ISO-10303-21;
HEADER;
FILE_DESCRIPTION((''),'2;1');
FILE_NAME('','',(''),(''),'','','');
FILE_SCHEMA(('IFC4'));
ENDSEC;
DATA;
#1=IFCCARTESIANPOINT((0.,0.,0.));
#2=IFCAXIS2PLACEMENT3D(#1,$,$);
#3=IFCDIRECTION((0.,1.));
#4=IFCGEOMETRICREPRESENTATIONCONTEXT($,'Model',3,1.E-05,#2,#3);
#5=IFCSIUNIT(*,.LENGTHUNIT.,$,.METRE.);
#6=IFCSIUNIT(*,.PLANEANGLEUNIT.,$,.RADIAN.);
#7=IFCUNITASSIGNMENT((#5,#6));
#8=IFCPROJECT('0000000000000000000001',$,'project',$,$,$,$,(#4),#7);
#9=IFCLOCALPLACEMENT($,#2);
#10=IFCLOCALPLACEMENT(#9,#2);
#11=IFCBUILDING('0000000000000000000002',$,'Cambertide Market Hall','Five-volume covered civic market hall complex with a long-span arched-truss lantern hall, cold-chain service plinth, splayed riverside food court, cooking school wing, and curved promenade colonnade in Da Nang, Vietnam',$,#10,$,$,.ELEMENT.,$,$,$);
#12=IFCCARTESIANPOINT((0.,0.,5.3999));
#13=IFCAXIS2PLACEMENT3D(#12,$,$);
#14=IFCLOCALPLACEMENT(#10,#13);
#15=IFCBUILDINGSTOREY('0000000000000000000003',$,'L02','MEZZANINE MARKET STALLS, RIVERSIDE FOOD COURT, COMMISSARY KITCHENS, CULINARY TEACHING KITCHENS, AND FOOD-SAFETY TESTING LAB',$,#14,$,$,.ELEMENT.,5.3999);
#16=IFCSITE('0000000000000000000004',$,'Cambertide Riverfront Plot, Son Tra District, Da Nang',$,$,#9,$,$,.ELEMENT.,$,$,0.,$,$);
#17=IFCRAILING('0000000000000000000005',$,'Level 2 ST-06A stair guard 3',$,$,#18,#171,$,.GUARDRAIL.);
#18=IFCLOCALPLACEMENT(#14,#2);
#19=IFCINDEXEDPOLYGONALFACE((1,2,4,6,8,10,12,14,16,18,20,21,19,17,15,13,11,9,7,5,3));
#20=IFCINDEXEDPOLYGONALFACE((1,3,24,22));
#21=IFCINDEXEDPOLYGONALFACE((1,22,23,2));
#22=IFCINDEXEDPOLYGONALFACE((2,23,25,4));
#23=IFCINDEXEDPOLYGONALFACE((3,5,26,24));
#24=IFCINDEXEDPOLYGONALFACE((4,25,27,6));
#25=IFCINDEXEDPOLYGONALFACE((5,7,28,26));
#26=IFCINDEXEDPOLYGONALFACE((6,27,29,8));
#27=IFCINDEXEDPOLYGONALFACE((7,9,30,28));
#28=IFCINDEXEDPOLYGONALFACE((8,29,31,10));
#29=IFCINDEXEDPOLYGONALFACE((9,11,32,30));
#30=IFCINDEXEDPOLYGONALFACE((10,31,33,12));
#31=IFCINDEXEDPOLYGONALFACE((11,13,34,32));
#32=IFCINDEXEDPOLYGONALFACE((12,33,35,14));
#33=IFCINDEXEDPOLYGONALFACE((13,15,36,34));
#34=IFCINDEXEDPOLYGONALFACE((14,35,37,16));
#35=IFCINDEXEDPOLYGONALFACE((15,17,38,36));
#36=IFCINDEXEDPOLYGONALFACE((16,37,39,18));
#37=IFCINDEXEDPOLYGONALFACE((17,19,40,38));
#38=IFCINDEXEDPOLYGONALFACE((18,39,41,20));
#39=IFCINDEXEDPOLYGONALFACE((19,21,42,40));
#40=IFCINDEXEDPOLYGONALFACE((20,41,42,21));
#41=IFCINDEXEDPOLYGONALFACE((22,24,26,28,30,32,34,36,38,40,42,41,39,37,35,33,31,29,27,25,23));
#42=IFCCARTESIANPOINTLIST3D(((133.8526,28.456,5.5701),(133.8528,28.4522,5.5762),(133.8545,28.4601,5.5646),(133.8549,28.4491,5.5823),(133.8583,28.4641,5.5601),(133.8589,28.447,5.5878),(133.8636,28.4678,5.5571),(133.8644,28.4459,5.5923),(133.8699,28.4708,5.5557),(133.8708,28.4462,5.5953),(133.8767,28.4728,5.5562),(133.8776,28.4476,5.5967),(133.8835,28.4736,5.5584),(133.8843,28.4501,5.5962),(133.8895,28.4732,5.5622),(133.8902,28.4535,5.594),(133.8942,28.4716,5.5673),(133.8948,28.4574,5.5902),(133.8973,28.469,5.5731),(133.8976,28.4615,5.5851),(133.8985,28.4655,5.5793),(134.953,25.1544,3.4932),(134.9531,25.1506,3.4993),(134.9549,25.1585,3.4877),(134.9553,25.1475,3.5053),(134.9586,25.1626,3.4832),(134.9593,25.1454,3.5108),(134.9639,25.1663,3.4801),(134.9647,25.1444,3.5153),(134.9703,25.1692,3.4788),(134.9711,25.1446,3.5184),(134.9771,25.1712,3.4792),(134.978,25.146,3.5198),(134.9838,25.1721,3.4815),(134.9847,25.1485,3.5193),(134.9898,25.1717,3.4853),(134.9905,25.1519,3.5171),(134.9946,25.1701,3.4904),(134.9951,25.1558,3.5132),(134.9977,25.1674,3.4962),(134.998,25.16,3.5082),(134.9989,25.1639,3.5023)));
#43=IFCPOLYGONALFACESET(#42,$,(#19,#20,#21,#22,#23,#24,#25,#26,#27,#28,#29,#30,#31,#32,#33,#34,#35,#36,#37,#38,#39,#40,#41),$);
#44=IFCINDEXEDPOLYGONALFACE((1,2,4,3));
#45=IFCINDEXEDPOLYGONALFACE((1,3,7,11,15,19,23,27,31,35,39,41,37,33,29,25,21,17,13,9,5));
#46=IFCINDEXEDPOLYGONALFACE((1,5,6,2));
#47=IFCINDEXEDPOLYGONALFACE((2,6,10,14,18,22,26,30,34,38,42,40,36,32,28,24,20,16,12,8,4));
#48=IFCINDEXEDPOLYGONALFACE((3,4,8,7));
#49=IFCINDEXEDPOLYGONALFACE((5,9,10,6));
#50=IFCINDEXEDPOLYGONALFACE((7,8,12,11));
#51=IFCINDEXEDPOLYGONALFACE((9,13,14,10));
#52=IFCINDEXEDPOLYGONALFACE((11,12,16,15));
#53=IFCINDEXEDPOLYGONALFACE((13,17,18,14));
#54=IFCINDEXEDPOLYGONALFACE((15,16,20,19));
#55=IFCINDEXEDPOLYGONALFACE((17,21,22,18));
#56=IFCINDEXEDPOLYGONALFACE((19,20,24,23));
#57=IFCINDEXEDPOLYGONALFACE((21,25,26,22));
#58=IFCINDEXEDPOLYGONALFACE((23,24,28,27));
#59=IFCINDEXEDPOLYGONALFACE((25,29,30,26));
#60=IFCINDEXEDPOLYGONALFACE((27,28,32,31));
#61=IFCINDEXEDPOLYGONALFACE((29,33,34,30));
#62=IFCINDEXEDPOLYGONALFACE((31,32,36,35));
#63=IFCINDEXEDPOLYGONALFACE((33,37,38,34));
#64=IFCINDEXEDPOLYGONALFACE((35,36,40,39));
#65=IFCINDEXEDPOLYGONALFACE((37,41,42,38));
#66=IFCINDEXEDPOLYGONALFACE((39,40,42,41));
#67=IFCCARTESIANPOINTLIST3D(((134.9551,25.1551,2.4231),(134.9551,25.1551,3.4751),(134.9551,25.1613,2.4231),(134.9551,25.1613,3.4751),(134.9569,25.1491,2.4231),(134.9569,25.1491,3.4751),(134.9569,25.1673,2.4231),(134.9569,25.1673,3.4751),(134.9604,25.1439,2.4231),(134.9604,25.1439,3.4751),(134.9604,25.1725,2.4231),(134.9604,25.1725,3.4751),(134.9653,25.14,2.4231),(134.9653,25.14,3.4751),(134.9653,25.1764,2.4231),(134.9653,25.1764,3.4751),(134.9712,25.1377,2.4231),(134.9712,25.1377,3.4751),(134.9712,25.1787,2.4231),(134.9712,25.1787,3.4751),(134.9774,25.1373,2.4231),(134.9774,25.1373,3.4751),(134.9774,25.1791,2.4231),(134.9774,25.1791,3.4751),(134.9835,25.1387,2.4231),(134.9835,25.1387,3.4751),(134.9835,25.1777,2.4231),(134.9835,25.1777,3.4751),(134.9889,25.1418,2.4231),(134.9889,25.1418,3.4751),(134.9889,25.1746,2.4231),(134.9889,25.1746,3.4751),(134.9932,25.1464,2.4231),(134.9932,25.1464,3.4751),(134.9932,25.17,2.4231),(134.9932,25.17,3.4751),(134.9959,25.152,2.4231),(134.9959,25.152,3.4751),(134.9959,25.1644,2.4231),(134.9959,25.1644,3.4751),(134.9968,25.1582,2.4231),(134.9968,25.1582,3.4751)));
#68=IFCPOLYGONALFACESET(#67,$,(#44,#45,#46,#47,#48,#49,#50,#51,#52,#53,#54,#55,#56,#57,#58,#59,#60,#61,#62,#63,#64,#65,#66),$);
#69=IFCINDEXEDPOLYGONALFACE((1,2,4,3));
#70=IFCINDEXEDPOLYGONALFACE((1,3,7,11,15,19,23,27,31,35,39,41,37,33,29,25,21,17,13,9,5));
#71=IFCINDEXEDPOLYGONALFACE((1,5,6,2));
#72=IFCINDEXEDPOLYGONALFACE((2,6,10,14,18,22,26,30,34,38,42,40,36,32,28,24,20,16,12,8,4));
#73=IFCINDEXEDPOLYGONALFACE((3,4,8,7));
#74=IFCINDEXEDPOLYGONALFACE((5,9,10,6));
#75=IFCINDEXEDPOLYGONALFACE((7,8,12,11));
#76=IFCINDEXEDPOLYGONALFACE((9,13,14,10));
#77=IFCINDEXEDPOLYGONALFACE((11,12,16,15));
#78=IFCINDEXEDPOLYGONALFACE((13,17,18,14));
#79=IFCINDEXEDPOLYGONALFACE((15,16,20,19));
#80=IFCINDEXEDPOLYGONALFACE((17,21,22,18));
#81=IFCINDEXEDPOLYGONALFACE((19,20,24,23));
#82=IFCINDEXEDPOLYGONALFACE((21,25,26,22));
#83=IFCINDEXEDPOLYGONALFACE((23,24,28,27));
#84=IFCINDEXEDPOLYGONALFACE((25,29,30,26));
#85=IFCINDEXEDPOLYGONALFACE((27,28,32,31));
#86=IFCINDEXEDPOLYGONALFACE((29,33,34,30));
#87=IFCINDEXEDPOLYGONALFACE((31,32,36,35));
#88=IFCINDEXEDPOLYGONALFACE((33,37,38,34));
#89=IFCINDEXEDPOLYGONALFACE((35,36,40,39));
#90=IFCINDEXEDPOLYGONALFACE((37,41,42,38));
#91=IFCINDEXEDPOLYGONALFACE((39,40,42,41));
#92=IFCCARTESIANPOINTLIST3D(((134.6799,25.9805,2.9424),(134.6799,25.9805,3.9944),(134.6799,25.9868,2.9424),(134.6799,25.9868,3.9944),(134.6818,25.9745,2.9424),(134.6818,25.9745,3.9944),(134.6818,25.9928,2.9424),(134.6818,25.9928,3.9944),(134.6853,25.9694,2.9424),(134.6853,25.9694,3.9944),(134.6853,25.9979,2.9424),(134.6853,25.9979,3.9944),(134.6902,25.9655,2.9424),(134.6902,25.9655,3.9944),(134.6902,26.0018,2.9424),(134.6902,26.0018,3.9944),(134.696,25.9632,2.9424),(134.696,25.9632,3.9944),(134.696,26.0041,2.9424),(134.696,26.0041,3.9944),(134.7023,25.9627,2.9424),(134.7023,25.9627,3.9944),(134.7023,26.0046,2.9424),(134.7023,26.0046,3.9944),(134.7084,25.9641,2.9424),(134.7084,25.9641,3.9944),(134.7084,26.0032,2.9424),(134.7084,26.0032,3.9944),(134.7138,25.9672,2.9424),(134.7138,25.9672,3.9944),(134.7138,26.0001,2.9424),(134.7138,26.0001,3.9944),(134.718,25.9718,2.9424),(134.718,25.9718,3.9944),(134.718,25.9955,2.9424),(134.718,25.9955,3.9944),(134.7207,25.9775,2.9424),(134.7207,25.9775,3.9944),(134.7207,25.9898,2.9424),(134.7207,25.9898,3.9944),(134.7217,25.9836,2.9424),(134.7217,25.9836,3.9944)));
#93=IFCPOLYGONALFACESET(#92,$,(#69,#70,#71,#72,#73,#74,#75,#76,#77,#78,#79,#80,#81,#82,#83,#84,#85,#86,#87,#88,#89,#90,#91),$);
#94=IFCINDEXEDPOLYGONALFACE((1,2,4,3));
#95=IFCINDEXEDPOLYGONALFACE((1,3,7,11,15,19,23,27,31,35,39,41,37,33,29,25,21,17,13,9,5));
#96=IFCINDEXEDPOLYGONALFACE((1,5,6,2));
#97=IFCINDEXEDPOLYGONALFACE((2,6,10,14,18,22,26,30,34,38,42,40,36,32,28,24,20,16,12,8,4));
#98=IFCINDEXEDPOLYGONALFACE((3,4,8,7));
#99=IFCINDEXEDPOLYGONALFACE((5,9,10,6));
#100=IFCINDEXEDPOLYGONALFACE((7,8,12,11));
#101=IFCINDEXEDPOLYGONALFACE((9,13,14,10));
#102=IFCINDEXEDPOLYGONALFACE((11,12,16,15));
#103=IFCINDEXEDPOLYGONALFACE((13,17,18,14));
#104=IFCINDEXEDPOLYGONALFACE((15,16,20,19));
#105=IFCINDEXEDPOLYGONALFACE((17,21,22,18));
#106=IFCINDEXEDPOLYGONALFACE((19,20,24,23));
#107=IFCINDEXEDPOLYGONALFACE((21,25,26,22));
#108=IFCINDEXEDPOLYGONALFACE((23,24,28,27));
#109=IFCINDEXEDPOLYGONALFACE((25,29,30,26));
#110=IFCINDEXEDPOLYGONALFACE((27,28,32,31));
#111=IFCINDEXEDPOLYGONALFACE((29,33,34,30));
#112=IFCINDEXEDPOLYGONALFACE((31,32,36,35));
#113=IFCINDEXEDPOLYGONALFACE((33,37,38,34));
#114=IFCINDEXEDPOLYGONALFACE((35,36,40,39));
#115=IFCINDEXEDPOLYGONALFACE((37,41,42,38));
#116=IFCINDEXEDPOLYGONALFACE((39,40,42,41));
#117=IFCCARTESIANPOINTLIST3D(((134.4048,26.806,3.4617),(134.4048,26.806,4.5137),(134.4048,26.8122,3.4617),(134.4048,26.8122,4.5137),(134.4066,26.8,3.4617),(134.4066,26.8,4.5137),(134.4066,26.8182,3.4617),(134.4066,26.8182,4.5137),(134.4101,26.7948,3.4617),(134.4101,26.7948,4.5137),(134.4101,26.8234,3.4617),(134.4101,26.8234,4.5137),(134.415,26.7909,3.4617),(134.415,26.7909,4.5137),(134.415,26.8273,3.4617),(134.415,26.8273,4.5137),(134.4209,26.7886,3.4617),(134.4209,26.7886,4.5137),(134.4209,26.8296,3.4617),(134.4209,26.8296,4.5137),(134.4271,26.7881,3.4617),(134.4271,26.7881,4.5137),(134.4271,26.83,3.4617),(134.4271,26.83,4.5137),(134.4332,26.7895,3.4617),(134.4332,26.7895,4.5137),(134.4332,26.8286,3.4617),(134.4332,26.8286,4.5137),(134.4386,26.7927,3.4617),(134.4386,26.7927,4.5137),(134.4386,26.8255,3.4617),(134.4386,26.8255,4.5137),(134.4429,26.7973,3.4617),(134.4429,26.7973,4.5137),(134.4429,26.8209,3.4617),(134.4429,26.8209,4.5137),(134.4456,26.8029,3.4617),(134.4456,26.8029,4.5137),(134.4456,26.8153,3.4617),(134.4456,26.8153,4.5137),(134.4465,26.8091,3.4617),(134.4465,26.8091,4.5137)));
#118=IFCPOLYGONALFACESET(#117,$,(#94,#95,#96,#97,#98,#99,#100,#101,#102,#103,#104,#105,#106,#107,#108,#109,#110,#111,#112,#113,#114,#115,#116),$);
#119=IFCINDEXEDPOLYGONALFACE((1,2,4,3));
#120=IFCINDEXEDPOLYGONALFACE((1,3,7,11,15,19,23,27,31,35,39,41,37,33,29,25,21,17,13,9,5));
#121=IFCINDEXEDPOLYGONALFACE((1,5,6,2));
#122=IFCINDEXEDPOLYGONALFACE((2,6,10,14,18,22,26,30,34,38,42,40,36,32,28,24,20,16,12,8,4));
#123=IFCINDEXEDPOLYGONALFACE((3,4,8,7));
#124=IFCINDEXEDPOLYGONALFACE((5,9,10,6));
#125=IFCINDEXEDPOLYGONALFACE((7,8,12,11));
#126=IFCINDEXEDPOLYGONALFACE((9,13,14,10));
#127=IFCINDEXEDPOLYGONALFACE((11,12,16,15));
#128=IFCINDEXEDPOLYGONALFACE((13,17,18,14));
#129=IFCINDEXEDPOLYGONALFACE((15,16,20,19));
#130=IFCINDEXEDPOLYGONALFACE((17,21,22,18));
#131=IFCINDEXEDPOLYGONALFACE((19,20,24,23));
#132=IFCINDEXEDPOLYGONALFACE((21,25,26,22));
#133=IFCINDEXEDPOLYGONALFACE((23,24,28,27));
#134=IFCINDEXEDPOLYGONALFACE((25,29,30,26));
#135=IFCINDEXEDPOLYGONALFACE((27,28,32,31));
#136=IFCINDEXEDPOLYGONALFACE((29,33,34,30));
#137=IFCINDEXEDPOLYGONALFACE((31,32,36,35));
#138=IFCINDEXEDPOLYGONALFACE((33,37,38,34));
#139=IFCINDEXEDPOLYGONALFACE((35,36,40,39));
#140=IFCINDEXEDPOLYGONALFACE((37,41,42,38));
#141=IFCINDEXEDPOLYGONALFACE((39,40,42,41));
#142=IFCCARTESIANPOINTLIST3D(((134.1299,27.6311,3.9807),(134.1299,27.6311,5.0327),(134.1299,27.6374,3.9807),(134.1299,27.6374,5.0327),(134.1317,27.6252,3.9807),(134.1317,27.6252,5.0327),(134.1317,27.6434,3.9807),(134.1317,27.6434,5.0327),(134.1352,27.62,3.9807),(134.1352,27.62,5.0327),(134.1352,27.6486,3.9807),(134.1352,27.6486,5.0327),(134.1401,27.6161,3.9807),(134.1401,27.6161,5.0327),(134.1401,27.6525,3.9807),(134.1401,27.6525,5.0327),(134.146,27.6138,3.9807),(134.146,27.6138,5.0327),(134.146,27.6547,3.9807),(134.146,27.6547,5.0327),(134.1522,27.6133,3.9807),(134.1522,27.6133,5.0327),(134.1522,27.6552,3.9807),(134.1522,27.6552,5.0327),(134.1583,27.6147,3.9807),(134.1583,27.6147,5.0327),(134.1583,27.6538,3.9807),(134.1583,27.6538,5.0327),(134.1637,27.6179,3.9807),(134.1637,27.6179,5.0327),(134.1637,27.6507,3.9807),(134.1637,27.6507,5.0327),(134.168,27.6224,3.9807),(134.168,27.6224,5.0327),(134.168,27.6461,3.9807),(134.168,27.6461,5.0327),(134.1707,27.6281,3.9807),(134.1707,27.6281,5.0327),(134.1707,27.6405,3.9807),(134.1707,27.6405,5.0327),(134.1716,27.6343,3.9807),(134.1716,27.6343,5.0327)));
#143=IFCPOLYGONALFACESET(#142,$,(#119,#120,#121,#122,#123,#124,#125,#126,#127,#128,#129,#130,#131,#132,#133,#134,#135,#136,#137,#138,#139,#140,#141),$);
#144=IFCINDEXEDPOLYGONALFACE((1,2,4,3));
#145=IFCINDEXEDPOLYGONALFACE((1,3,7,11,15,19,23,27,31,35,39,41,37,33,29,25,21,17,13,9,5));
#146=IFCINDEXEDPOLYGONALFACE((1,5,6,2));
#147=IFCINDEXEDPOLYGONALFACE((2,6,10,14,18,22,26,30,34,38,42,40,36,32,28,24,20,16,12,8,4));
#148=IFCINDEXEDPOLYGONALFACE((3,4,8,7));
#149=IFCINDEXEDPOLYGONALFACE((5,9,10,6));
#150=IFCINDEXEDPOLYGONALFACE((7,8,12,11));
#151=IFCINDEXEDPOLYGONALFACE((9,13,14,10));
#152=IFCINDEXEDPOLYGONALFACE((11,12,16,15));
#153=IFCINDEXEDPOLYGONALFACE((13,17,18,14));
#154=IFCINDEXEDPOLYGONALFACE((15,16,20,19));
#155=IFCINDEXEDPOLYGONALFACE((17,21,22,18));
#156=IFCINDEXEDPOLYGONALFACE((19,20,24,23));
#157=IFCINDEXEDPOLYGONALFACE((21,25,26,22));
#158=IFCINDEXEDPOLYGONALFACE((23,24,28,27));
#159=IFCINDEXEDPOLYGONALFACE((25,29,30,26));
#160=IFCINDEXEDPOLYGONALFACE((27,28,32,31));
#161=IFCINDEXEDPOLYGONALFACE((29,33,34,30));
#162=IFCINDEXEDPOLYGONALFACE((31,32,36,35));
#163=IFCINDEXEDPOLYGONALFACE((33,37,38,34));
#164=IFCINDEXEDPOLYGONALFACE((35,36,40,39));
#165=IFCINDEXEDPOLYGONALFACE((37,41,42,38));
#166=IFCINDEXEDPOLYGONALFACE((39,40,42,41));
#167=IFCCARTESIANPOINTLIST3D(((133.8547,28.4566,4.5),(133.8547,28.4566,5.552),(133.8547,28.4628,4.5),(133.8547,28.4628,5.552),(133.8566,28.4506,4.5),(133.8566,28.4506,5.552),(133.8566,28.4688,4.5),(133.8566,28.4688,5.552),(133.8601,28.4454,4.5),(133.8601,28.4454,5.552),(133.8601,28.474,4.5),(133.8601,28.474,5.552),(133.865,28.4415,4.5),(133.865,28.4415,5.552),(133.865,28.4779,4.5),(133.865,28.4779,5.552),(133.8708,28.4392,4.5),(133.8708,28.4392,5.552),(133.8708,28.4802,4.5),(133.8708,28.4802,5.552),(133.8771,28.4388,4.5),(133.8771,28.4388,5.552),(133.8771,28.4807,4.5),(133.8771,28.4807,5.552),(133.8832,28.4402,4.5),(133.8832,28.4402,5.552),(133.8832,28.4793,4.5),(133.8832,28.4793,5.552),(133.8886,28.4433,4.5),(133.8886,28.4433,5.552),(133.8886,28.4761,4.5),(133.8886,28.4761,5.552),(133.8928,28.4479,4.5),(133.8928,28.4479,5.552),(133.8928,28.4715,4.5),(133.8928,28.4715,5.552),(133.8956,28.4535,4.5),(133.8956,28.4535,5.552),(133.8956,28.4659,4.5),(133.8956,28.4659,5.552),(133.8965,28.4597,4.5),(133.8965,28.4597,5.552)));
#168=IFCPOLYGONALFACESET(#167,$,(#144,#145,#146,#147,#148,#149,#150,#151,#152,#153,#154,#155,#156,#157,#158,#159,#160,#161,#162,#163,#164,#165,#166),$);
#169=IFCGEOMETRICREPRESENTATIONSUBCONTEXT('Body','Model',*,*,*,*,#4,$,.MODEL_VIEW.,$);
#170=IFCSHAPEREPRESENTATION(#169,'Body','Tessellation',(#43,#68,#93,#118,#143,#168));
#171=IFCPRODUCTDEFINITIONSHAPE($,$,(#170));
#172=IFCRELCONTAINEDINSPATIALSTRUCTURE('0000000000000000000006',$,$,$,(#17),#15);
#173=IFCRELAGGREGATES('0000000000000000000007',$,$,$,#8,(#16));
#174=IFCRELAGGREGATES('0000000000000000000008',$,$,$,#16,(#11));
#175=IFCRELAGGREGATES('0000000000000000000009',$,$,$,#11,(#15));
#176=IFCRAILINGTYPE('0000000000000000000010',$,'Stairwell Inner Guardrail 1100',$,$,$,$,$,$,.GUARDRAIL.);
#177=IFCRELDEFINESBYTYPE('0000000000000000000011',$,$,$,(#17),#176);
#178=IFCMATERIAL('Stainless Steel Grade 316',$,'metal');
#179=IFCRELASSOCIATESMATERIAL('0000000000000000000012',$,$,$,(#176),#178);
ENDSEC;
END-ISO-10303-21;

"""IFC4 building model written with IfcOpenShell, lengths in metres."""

from ifc_helpers import new_model, si_unit, direction, frame, origin, origin_2d, place, context, subcontext, project, spatial, circle, extrude, material, type_object, element, save


model = new_model("IFC4")

# Units and contexts
model_context = context("Model", 3, precision=1e-05, world=origin(), true_north=direction((0.0, 1.0)))
body_context = subcontext(model_context, "Body", "Model", "MODEL_VIEW")
ifc_project = project(units=[si_unit("LENGTHUNIT", "METRE"), si_unit("PLANEANGLEUNIT", "RADIAN")], contexts=[model_context])

# Site, building, storey
site_placement = place(None, origin())
site = spatial("IfcSite", under=ifc_project, at=site_placement, Name="Cambertide Riverfront Plot, Son Tra District, Da Nang", CompositionType="ELEMENT", RefElevation=0.0)
building_placement = place(site_placement, origin())
building = spatial("IfcBuilding", under=site, at=building_placement, Name="Cambertide Market Hall", Description="Five-volume covered civic market hall complex with a long-span arched-truss lantern hall, cold-chain service plinth, splayed riverside food court, cooking school wing, and curved promenade colonnade in Da Nang, Vietnam", CompositionType="ELEMENT")
storey_placement = place(building_placement, frame((0.0, 0.0, 5.3999)))
storey = spatial("IfcBuildingStorey", under=building, at=storey_placement, Name="L02", Description="MEZZANINE MARKET STALLS, RIVERSIDE FOOD COURT, COMMISSARY KITCHENS, CULINARY TEACHING KITCHENS, AND FOOD-SAFETY TESTING LAB", CompositionType="ELEMENT", Elevation=5.3999)

# Railing
ifc_material_1 = material(Name="Stainless Steel Grade 316", Category="metal")
railing_type_1 = type_object("IfcRailingType", Name="Stairwell Inner Guardrail 1100", PredefinedType="GUARDRAIL", material=ifc_material_1)
railing_1_placement = place(storey_placement, frame((134.9758, 25.1582, 2.4231)))
element("IfcRailing", 1, at=railing_1_placement, inside=storey, type_object=railing_type_1, Name="Level 2 ST-06A stair guard 3", PredefinedType="GUARDRAIL", context=body_context, shape_type="SweptSolid", body=[
    extrude(circle(Radius=0.0239, at=origin_2d()), frame((0.0, 0.0, 1.0762), z_axis=(-0.271509, 0.814648, 0.512476), x_axis=(-0.948697, -0.316186, 0.0)), (0.0, 0.0, 1.0), 4.0527),
    extrude(circle(Radius=0.021, at=origin_2d()), origin(), (0.0, 0.0, 1.0), 1.052),
    extrude(circle(Radius=0.021, at=origin_2d()), frame((-0.2751, 0.8254, 0.5193)), (0.0, 0.0, 1.0), 1.052),
    extrude(circle(Radius=0.021, at=origin_2d()), frame((-0.5503, 1.6509, 1.0386)), (0.0, 0.0, 1.0), 1.052),
    extrude(circle(Radius=0.021, at=origin_2d()), frame((-0.8252, 2.4761, 1.5576)), (0.0, 0.0, 1.0), 1.052),
    extrude(circle(Radius=0.021, at=origin_2d()), frame((-1.1003, 3.3015, 2.0769)), (0.0, 0.0, 1.0), 1.052),
])

save(model, "model.ifc")
